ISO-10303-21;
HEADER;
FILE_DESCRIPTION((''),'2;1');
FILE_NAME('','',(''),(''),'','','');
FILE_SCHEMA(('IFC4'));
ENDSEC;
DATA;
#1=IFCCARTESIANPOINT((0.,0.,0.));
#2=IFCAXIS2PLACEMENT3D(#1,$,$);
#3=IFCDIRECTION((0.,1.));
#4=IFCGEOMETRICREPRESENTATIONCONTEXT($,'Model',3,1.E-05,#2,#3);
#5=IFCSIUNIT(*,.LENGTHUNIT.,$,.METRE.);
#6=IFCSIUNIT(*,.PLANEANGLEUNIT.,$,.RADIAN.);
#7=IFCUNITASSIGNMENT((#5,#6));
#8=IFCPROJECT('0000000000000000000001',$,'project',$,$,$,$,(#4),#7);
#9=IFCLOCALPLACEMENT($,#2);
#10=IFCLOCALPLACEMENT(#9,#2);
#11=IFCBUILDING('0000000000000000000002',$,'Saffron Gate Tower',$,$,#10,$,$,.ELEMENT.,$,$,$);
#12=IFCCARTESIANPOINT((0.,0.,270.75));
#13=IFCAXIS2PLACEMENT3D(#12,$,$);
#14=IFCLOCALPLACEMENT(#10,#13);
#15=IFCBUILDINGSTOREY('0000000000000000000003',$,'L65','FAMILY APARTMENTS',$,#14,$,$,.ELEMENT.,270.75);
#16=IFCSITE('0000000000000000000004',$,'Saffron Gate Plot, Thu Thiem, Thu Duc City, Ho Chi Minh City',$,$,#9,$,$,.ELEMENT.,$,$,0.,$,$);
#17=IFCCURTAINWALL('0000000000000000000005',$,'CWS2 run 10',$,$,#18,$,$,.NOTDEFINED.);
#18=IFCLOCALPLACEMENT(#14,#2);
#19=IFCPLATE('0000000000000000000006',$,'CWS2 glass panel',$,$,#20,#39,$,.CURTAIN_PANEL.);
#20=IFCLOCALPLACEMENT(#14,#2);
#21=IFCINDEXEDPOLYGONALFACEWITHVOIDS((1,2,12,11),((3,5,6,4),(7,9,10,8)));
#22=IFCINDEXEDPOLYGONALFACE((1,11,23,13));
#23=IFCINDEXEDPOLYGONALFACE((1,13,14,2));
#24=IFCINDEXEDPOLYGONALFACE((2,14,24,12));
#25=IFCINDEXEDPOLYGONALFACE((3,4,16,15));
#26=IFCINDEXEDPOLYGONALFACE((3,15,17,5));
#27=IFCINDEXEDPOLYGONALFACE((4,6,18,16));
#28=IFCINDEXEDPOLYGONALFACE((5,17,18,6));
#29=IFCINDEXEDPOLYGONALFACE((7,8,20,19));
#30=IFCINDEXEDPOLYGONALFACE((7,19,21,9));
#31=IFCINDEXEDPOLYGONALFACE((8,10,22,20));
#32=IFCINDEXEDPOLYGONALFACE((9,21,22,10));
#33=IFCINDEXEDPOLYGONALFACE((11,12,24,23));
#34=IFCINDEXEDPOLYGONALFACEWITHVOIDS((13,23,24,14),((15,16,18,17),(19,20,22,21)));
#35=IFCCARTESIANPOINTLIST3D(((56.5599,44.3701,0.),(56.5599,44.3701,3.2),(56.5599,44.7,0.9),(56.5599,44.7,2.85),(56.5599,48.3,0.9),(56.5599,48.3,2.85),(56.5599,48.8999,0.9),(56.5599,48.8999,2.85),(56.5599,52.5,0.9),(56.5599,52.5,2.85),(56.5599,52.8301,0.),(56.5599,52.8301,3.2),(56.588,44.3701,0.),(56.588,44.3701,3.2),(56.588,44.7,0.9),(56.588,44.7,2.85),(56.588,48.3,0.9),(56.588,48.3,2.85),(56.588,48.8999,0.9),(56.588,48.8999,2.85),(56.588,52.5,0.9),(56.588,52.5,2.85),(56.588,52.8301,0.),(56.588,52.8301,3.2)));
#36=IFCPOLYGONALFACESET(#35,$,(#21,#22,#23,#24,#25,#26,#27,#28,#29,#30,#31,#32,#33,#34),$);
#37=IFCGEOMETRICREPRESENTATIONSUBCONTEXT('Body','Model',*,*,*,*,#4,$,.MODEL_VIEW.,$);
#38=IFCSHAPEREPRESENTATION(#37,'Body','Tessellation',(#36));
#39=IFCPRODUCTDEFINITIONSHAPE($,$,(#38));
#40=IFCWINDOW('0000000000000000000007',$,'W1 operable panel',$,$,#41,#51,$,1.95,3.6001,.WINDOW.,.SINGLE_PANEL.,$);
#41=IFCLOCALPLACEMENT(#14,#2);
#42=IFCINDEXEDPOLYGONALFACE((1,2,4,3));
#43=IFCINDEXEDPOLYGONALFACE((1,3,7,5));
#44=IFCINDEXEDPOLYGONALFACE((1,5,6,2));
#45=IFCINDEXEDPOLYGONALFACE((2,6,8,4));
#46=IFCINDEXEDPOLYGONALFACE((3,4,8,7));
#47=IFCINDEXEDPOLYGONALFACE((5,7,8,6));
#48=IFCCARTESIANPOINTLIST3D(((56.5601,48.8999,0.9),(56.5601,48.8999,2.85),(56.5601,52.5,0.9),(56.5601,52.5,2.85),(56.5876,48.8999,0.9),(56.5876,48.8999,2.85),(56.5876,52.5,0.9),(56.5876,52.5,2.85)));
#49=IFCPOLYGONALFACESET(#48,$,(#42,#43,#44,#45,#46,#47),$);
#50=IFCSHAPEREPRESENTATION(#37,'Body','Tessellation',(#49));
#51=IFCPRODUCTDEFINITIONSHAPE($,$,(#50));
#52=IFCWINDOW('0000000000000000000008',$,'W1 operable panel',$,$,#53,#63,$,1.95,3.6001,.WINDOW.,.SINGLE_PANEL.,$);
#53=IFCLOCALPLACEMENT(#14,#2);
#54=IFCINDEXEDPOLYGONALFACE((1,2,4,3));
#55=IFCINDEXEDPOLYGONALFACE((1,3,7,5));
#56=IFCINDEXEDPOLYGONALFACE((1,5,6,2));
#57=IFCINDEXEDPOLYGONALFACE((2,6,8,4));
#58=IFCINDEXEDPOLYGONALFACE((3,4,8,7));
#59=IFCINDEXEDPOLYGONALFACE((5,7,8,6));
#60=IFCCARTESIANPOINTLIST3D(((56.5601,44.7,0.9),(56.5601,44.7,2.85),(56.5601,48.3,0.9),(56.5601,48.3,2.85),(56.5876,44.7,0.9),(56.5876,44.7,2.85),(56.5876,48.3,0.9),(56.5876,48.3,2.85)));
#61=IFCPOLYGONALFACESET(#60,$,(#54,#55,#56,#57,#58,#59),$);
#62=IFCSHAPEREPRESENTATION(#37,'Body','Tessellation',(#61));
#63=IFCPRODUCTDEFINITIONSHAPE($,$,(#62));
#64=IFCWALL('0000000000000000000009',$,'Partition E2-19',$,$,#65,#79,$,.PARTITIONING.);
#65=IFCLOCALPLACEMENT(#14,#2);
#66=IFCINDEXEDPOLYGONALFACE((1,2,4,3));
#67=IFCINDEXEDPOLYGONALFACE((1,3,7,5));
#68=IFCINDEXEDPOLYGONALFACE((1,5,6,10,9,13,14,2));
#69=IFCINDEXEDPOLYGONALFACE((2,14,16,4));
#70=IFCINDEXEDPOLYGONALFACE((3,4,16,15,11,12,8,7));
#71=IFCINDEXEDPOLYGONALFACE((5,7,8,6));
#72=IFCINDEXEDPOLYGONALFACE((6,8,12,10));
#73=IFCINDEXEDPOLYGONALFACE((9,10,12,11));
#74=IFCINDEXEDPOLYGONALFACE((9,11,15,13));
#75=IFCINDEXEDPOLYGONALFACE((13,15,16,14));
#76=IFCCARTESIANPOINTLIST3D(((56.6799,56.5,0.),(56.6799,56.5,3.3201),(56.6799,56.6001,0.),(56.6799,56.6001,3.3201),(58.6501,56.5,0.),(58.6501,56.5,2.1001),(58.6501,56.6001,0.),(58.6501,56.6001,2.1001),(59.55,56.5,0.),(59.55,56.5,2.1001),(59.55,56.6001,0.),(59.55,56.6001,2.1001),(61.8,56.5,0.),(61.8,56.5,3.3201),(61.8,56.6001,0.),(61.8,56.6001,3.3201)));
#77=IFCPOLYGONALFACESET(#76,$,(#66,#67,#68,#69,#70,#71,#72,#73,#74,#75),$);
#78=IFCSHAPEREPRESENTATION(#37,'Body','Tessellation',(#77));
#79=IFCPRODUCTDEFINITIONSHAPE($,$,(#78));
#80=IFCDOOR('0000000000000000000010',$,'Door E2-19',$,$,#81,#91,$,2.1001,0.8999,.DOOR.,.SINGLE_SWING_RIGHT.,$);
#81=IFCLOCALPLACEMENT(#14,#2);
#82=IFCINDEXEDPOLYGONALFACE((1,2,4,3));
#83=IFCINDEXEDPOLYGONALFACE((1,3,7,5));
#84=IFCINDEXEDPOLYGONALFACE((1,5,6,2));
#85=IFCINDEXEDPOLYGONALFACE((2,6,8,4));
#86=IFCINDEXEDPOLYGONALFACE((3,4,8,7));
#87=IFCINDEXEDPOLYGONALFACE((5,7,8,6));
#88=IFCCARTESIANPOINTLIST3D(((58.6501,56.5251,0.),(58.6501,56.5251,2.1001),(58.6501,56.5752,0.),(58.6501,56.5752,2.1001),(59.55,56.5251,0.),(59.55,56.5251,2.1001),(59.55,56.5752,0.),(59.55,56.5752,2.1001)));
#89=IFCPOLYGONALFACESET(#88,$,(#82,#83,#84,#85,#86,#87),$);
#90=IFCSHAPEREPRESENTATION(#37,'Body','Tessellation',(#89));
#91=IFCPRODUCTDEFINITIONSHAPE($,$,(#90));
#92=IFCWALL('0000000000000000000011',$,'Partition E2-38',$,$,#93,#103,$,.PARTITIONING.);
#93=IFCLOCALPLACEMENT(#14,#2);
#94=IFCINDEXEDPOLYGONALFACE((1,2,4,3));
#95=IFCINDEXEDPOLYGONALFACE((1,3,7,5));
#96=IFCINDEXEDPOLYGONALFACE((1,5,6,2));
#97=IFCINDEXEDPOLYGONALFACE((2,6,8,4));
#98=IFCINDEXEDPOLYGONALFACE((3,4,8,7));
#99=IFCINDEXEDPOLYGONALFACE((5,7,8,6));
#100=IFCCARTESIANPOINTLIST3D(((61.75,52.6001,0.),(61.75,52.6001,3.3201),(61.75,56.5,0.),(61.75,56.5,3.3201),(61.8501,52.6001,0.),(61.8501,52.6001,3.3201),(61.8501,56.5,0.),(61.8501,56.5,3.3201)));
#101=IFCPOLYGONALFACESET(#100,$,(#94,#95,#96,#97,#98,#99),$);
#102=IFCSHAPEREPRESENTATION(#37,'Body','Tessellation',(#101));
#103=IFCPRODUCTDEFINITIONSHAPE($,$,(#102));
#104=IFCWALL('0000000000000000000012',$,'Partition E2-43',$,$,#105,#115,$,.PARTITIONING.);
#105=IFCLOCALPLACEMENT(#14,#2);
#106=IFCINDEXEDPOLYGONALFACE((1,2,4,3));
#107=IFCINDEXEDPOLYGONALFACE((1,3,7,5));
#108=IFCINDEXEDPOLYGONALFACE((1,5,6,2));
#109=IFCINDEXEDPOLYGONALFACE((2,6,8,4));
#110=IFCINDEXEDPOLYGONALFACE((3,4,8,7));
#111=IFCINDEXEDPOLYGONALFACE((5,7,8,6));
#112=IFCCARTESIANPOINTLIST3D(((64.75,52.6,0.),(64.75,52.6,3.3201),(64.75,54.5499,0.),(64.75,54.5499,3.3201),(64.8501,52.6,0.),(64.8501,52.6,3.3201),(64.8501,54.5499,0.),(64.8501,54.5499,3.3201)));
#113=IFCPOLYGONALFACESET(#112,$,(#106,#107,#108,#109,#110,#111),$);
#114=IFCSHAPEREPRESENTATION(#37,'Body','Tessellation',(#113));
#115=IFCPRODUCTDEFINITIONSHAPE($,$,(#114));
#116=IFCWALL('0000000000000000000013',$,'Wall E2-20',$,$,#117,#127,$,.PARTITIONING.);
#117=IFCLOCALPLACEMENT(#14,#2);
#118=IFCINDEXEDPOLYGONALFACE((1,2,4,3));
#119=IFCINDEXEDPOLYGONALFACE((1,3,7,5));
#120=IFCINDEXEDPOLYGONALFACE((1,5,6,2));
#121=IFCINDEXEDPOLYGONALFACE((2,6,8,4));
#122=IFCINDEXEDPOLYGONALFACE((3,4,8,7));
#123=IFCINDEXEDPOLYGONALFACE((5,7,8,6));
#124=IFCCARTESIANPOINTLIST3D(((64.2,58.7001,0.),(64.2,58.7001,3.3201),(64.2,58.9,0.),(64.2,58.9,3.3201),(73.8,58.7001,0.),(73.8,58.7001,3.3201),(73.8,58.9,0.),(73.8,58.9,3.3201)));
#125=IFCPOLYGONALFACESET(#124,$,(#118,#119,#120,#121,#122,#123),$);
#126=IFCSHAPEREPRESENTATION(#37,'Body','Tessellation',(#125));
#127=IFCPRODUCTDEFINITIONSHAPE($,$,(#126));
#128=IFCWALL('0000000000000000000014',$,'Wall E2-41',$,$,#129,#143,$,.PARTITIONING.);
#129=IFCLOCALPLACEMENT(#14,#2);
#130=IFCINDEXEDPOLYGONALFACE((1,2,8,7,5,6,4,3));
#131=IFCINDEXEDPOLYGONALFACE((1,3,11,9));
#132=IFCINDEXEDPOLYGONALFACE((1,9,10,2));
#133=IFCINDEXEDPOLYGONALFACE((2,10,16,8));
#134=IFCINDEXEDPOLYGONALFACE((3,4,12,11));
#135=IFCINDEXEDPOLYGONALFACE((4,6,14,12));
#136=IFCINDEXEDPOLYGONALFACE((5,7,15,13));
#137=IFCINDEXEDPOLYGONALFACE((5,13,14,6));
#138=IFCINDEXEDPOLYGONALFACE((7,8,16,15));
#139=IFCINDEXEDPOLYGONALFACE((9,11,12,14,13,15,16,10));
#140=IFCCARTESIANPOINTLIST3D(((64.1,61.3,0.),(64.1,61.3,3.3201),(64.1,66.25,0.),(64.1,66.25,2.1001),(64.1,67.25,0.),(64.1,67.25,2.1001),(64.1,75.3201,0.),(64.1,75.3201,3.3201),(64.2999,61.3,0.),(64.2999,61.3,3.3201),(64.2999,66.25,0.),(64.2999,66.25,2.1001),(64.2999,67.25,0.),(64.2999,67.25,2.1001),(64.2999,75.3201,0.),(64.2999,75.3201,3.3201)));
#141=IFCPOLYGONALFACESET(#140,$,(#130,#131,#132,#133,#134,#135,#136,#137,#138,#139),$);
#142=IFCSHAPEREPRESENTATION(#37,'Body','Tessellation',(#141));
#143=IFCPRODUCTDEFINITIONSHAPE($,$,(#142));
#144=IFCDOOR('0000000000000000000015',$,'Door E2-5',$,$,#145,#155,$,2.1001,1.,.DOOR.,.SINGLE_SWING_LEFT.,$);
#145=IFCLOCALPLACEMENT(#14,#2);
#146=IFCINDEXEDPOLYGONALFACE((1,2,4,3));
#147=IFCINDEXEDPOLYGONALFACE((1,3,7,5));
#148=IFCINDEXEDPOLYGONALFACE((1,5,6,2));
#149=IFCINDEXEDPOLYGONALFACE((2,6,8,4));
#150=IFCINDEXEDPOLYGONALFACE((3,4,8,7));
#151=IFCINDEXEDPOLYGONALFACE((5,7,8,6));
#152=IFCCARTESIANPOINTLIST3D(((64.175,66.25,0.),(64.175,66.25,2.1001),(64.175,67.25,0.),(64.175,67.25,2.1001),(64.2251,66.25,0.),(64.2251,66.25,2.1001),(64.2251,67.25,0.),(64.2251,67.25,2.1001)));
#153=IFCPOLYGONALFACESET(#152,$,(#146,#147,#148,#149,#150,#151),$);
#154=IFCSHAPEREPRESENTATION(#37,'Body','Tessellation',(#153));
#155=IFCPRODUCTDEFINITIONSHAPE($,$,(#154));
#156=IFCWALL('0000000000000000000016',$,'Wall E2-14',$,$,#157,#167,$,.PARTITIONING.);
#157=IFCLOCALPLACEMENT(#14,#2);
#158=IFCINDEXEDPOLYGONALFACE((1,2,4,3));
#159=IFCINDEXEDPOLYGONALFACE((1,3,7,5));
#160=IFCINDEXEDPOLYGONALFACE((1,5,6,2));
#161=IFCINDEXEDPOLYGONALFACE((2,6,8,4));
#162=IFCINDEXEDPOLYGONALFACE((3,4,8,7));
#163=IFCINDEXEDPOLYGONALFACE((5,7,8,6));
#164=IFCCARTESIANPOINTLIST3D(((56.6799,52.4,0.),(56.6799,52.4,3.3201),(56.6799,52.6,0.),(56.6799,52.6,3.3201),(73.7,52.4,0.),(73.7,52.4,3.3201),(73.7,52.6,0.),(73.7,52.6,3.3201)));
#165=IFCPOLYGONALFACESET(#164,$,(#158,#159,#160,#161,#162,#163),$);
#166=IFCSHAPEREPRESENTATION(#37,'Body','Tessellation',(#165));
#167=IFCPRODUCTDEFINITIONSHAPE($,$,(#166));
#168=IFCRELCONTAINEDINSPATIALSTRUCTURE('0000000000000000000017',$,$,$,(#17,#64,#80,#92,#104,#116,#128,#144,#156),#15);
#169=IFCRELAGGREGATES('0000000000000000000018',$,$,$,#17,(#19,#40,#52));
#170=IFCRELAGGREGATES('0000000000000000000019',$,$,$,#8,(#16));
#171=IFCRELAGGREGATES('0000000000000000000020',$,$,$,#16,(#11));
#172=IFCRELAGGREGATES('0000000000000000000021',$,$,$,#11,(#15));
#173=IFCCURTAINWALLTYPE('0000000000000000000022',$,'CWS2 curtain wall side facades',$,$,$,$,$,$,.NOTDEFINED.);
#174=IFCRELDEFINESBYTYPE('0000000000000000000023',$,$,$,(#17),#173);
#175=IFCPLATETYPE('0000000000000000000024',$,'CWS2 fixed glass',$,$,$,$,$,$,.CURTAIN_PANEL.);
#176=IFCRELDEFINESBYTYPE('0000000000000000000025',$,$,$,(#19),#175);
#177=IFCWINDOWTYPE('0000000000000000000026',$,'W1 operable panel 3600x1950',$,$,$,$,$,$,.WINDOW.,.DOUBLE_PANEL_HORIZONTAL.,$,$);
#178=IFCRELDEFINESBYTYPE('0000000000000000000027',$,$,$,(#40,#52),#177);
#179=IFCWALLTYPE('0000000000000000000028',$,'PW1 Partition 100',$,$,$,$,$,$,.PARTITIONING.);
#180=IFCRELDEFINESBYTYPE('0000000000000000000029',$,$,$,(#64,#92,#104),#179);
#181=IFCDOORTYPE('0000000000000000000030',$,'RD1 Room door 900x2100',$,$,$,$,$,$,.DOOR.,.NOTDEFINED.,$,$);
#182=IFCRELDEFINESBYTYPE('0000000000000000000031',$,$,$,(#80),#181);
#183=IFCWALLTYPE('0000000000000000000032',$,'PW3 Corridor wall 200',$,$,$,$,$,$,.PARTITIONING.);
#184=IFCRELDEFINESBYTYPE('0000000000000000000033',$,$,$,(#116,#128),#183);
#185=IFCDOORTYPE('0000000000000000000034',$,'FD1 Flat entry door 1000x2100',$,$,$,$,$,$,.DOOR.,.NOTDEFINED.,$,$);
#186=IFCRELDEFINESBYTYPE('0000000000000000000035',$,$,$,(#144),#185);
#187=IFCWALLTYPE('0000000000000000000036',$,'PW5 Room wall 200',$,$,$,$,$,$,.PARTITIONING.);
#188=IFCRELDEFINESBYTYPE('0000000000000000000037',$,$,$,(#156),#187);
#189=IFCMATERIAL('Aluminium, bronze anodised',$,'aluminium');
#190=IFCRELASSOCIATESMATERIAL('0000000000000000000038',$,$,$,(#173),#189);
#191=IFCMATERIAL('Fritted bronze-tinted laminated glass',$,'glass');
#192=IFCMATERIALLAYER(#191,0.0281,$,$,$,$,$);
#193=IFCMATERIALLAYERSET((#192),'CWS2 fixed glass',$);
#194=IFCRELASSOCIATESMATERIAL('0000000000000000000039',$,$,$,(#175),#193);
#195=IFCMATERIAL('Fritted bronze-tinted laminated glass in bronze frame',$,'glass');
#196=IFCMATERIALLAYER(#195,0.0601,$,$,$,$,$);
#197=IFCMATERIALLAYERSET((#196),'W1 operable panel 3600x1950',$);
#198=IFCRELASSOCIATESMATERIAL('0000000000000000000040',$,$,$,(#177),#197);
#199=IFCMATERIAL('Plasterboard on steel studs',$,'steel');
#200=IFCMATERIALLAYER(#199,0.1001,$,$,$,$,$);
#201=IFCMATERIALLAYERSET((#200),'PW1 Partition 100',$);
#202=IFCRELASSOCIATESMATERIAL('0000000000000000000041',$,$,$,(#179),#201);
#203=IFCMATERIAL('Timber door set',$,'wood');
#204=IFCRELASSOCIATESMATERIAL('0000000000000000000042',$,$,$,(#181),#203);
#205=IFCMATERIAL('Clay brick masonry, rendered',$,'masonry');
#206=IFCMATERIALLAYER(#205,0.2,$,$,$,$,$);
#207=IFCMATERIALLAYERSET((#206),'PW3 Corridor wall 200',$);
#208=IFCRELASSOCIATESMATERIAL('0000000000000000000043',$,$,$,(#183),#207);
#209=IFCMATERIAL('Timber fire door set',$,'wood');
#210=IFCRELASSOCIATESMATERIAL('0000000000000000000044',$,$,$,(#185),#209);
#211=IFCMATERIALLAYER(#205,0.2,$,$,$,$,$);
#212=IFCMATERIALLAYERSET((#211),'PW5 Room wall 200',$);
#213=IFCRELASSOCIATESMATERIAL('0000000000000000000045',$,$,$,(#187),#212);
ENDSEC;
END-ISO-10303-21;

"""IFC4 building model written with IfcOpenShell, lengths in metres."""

from ifc_helpers import new_model, si_unit, direction, frame, frame_2d, origin, place, context, subcontext, project, spatial, rectangle, extrude, material, layer, layer_set, type_object, element, fill, aggregate, save


model = new_model("IFC4")

# Units and contexts
model_context = context("Model", 3, precision=1e-05, world=origin(), true_north=direction((0.0, 1.0)))
body_context = subcontext(model_context, "Body", "Model", "MODEL_VIEW")
ifc_project = project(units=[si_unit("LENGTHUNIT", "METRE"), si_unit("PLANEANGLEUNIT", "RADIAN")], contexts=[model_context])

# Site, building, storey
site_placement = place(None, origin())
site = spatial("IfcSite", under=ifc_project, at=site_placement, Name="Saffron Gate Plot, Thu Thiem, Thu Duc City, Ho Chi Minh City", CompositionType="ELEMENT", RefElevation=0.0)
building_placement = place(site_placement, origin())
building = spatial("IfcBuilding", under=site, at=building_placement, Name="Saffron Gate Tower", CompositionType="ELEMENT")
storey_placement = place(building_placement, frame((0.0, 0.0, 270.75)))
storey = spatial("IfcBuildingStorey", under=building, at=storey_placement, Name="L65", Description="FAMILY APARTMENTS", CompositionType="ELEMENT", Elevation=270.75)

# Curtain wall, plate, openings, windows
ifc_material_1 = material(Name="Aluminium, bronze anodised", Category="aluminium")
curtain_wall_type = type_object("IfcCurtainWallType", Name="CWS2 curtain wall side facades", PredefinedType="NOTDEFINED", material=ifc_material_1)
curtain_wall_placement = place(storey_placement, origin())
curtain_wall = element("IfcCurtainWall", 1, at=curtain_wall_placement, inside=storey, type_object=curtain_wall_type, Name="CWS2 run 10", PredefinedType="NOTDEFINED")
ifc_material_2 = material(Name="Fritted bronze-tinted laminated glass", Category="glass")
ifc_layer_1 = layer(ifc_material_2, 0.0281)
ifc_layer_set_1 = layer_set([ifc_layer_1], Name="CWS2 fixed glass")
plate_type = type_object("IfcPlateType", Name="CWS2 fixed glass", PredefinedType="CURTAIN_PANEL", material=ifc_layer_set_1)
plate_placement = place(storey_placement, frame((56.574, 52.8301, 0.0), z_axis=(0.0, 0.0, 1.0), x_axis=(0.0, -1.0, 0.0)))
plate = element("IfcPlate", 2, at=plate_placement, type_object=plate_type, Name="CWS2 glass panel", PredefinedType="CURTAIN_PANEL", context=body_context, shape_type="SweptSolid", body=[
    extrude(rectangle(XDim=8.46, YDim=0.0281, at=frame_2d((4.23, 0.0))), origin(), (0.0, 0.0, 1.0), 3.2),
])
opening_1_placement = place(plate_placement, frame((0.3301, 0.0, 0.8999)))
opening_1 = element("IfcOpeningElement", 3, at=opening_1_placement, cuts=plate, PredefinedType="OPENING", context=body_context, shape_type="SweptSolid", body=[
    extrude(rectangle(XDim=3.6001, YDim=1.95, at=frame_2d((1.8, 0.9751))), frame((0.0, 0.0239, 0.0), z_axis=(0.0, -1.0, 0.0), x_axis=(1.0, 0.0, 0.0)), (0.0, 0.0, 1.0), 0.0481),
])
opening_2_placement = place(plate_placement, frame((4.53, 0.0, 0.8999)))
opening_2 = element("IfcOpeningElement", 4, at=opening_2_placement, cuts=plate, PredefinedType="OPENING", context=body_context, shape_type="SweptSolid", body=[
    extrude(rectangle(XDim=3.6001, YDim=1.95, at=frame_2d((1.8, 0.9751))), frame((0.0, 0.0239, 0.0), z_axis=(0.0, -1.0, 0.0), x_axis=(1.0, 0.0, 0.0)), (0.0, 0.0, 1.0), 0.0481),
])
ifc_material_3 = material(Name="Fritted bronze-tinted laminated glass in bronze frame", Category="glass")
ifc_layer_2 = layer(ifc_material_3, 0.0601)
ifc_layer_set_2 = layer_set([ifc_layer_2], Name="W1 operable panel 3600x1950")
window_type = type_object("IfcWindowType", Name="W1 operable panel 3600x1950", PartitioningType="DOUBLE_PANEL_HORIZONTAL", PredefinedType="WINDOW", material=ifc_layer_set_2)
window_1_placement = place(opening_1_placement, origin())
window_1 = element("IfcWindow", 5, at=window_1_placement, type_object=window_type, Name="W1 operable panel", OverallHeight=1.95, OverallWidth=3.6001, PartitioningType="SINGLE_PANEL", PredefinedType="WINDOW", context=body_context, shape_type="SweptSolid", body=[
    extrude(rectangle(XDim=3.6001, YDim=1.95, at=frame_2d((1.8, 0.9751))), frame((0.0, 0.0137, 0.0), z_axis=(0.0, -1.0, 0.0), x_axis=(1.0, 0.0, 0.0)), (0.0, 0.0, 1.0), 0.0276),
])
fill(opening_1, window_1)
window_2_placement = place(opening_2_placement, origin())
window_2 = element("IfcWindow", 6, at=window_2_placement, type_object=window_type, Name="W1 operable panel", OverallHeight=1.95, OverallWidth=3.6001, PartitioningType="SINGLE_PANEL", PredefinedType="WINDOW", context=body_context, shape_type="SweptSolid", body=[
    extrude(rectangle(XDim=3.6001, YDim=1.95, at=frame_2d((1.8, 0.9751))), frame((0.0, 0.0137, 0.0), z_axis=(0.0, -1.0, 0.0), x_axis=(1.0, 0.0, 0.0)), (0.0, 0.0, 1.0), 0.0276),
])
fill(opening_2, window_2)
aggregate(curtain_wall, [plate, window_1, window_2])

# Wall, opening, door
ifc_material_4 = material(Name="Plasterboard on steel studs", Category="steel")
ifc_layer_3 = layer(ifc_material_4, 0.1001)
ifc_layer_set_3 = layer_set([ifc_layer_3], Name="PW1 Partition 100")
wall_type_1 = type_object("IfcWallType", Name="PW1 Partition 100", PredefinedType="PARTITIONING", material=ifc_layer_set_3)
wall_1_placement = place(storey_placement, frame((61.8, 56.55, 0.0), z_axis=(0.0, 0.0, 1.0), x_axis=(-1.0, 0.0, 0.0)))
wall_1 = element("IfcWall", 7, at=wall_1_placement, inside=storey, type_object=wall_type_1, Name="Partition E2-19", PredefinedType="PARTITIONING", context=body_context, shape_type="SweptSolid", body=[
    extrude(rectangle(XDim=5.1201, YDim=0.1001, at=frame_2d((2.5601, 0.0))), origin(), (0.0, 0.0, 1.0), 3.3201),
])
opening_3_placement = place(wall_1_placement, frame((2.25, 0.0, 0.0)))
opening_3 = element("IfcOpeningElement", 8, at=opening_3_placement, cuts=wall_1, PredefinedType="OPENING", context=body_context, shape_type="SweptSolid", body=[
    extrude(rectangle(XDim=0.8999, YDim=2.1001, at=frame_2d((0.45, 1.05))), frame((0.0, 0.0601, 0.0), z_axis=(0.0, -1.0, 0.0), x_axis=(1.0, 0.0, 0.0)), (0.0, 0.0, 1.0), 0.1201),
])
ifc_material_5 = material(Name="Timber door set", Category="wood")
door_type_1 = type_object("IfcDoorType", Name="RD1 Room door 900x2100", OperationType="NOTDEFINED", PredefinedType="DOOR", material=ifc_material_5)
door_1_placement = place(opening_3_placement, origin())
door_1 = element("IfcDoor", 9, at=door_1_placement, inside=storey, type_object=door_type_1, Name="Door E2-19", OperationType="SINGLE_SWING_RIGHT", OverallHeight=2.1001, OverallWidth=0.8999, PredefinedType="DOOR", context=body_context, shape_type="SweptSolid", body=[
    extrude(rectangle(XDim=0.8999, YDim=2.1001, at=frame_2d((0.45, 1.05))), frame((0.0, 0.0249, 0.0), z_axis=(0.0, -1.0, 0.0), x_axis=(1.0, 0.0, 0.0)), (0.0, 0.0, 1.0), 0.05),
])
fill(opening_3, door_1)

# Walls
wall_2_placement = place(storey_placement, frame((61.8, 56.5, 0.0), z_axis=(0.0, 0.0, 1.0), x_axis=(0.0, -1.0, 0.0)))
element("IfcWall", 10, at=wall_2_placement, inside=storey, type_object=wall_type_1, Name="Partition E2-38", PredefinedType="PARTITIONING", context=body_context, shape_type="SweptSolid", body=[
    extrude(rectangle(XDim=3.8999, YDim=0.1001, at=frame_2d((1.95, 0.0))), origin(), (0.0, 0.0, 1.0), 3.3201),
])
wall_3_placement = place(storey_placement, frame((64.8, 54.55, 0.0), z_axis=(0.0, 0.0, 1.0), x_axis=(0.0, -1.0, 0.0)))
element("IfcWall", 11, at=wall_3_placement, inside=storey, type_object=wall_type_1, Name="Partition E2-43", PredefinedType="PARTITIONING", context=body_context, shape_type="SweptSolid", body=[
    extrude(rectangle(XDim=1.95, YDim=0.1001, at=frame_2d((0.9751, 0.0))), origin(), (0.0, 0.0, 1.0), 3.3201),
])
ifc_material_6 = material(Name="Clay brick masonry, rendered", Category="masonry")
ifc_layer_4 = layer(ifc_material_6, 0.2)
ifc_layer_set_4 = layer_set([ifc_layer_4], Name="PW3 Corridor wall 200")
wall_type_2 = type_object("IfcWallType", Name="PW3 Corridor wall 200", PredefinedType="PARTITIONING", material=ifc_layer_set_4)
wall_4_placement = place(storey_placement, frame((64.2, 58.8, 0.0), z_axis=(0.0, 0.0, 1.0), x_axis=(1.0, 0.0, 0.0)))
element("IfcWall", 12, at=wall_4_placement, inside=storey, type_object=wall_type_2, Name="Wall E2-20", PredefinedType="PARTITIONING", context=body_context, shape_type="SweptSolid", body=[
    extrude(rectangle(XDim=9.6001, YDim=0.2, at=frame_2d((4.8, 0.0))), origin(), (0.0, 0.0, 1.0), 3.3201),
])

# Wall, opening, door
wall_5_placement = place(storey_placement, frame((64.2, 61.3, 0.0), z_axis=(0.0, 0.0, 1.0), x_axis=(0.0, 1.0, 0.0)))
wall_5 = element("IfcWall", 13, at=wall_5_placement, inside=storey, type_object=wall_type_2, Name="Wall E2-41", PredefinedType="PARTITIONING", context=body_context, shape_type="SweptSolid", body=[
    extrude(rectangle(XDim=14.02, YDim=0.2, at=frame_2d((7.01, 0.0))), origin(), (0.0, 0.0, 1.0), 3.3201),
])
opening_4_placement = place(wall_5_placement, frame((4.95, 0.0, 0.0)))
opening_4 = element("IfcOpeningElement", 14, at=opening_4_placement, cuts=wall_5, PredefinedType="OPENING", context=body_context, shape_type="SweptSolid", body=[
    extrude(rectangle(XDim=1.0, YDim=2.1001, at=frame_2d((0.5, 1.05))), frame((0.0, 0.1099, 0.0), z_axis=(0.0, -1.0, 0.0), x_axis=(1.0, 0.0, 0.0)), (0.0, 0.0, 1.0), 0.22),
])
ifc_material_7 = material(Name="Timber fire door set", Category="wood")
door_type_2 = type_object("IfcDoorType", Name="FD1 Flat entry door 1000x2100", OperationType="NOTDEFINED", PredefinedType="DOOR", material=ifc_material_7)
door_2_placement = place(opening_4_placement, origin())
door_2 = element("IfcDoor", 15, at=door_2_placement, inside=storey, type_object=door_type_2, Name="Door E2-5", OperationType="SINGLE_SWING_LEFT", OverallHeight=2.1001, OverallWidth=1.0, PredefinedType="DOOR", context=body_context, shape_type="SweptSolid", body=[
    extrude(rectangle(XDim=1.0, YDim=2.1001, at=frame_2d((0.5, 1.05))), frame((0.0, 0.0249, 0.0), z_axis=(0.0, -1.0, 0.0), x_axis=(1.0, 0.0, 0.0)), (0.0, 0.0, 1.0), 0.05),
])
fill(opening_4, door_2)

# Wall
ifc_layer_5 = layer(ifc_material_6, 0.2)
ifc_layer_set_5 = layer_set([ifc_layer_5], Name="PW5 Room wall 200")
wall_type_3 = type_object("IfcWallType", Name="PW5 Room wall 200", PredefinedType="PARTITIONING", material=ifc_layer_set_5)
wall_6_placement = place(storey_placement, frame((56.6799, 52.5, 0.0), z_axis=(0.0, 0.0, 1.0), x_axis=(1.0, 0.0, 0.0)))
element("IfcWall", 16, at=wall_6_placement, inside=storey, type_object=wall_type_3, Name="Wall E2-14", PredefinedType="PARTITIONING", context=body_context, shape_type="SweptSolid", body=[
    extrude(rectangle(XDim=17.02, YDim=0.2, at=frame_2d((8.51, 0.0))), origin(), (0.0, 0.0, 1.0), 3.3201),
])

save(model, "model.ifc")
